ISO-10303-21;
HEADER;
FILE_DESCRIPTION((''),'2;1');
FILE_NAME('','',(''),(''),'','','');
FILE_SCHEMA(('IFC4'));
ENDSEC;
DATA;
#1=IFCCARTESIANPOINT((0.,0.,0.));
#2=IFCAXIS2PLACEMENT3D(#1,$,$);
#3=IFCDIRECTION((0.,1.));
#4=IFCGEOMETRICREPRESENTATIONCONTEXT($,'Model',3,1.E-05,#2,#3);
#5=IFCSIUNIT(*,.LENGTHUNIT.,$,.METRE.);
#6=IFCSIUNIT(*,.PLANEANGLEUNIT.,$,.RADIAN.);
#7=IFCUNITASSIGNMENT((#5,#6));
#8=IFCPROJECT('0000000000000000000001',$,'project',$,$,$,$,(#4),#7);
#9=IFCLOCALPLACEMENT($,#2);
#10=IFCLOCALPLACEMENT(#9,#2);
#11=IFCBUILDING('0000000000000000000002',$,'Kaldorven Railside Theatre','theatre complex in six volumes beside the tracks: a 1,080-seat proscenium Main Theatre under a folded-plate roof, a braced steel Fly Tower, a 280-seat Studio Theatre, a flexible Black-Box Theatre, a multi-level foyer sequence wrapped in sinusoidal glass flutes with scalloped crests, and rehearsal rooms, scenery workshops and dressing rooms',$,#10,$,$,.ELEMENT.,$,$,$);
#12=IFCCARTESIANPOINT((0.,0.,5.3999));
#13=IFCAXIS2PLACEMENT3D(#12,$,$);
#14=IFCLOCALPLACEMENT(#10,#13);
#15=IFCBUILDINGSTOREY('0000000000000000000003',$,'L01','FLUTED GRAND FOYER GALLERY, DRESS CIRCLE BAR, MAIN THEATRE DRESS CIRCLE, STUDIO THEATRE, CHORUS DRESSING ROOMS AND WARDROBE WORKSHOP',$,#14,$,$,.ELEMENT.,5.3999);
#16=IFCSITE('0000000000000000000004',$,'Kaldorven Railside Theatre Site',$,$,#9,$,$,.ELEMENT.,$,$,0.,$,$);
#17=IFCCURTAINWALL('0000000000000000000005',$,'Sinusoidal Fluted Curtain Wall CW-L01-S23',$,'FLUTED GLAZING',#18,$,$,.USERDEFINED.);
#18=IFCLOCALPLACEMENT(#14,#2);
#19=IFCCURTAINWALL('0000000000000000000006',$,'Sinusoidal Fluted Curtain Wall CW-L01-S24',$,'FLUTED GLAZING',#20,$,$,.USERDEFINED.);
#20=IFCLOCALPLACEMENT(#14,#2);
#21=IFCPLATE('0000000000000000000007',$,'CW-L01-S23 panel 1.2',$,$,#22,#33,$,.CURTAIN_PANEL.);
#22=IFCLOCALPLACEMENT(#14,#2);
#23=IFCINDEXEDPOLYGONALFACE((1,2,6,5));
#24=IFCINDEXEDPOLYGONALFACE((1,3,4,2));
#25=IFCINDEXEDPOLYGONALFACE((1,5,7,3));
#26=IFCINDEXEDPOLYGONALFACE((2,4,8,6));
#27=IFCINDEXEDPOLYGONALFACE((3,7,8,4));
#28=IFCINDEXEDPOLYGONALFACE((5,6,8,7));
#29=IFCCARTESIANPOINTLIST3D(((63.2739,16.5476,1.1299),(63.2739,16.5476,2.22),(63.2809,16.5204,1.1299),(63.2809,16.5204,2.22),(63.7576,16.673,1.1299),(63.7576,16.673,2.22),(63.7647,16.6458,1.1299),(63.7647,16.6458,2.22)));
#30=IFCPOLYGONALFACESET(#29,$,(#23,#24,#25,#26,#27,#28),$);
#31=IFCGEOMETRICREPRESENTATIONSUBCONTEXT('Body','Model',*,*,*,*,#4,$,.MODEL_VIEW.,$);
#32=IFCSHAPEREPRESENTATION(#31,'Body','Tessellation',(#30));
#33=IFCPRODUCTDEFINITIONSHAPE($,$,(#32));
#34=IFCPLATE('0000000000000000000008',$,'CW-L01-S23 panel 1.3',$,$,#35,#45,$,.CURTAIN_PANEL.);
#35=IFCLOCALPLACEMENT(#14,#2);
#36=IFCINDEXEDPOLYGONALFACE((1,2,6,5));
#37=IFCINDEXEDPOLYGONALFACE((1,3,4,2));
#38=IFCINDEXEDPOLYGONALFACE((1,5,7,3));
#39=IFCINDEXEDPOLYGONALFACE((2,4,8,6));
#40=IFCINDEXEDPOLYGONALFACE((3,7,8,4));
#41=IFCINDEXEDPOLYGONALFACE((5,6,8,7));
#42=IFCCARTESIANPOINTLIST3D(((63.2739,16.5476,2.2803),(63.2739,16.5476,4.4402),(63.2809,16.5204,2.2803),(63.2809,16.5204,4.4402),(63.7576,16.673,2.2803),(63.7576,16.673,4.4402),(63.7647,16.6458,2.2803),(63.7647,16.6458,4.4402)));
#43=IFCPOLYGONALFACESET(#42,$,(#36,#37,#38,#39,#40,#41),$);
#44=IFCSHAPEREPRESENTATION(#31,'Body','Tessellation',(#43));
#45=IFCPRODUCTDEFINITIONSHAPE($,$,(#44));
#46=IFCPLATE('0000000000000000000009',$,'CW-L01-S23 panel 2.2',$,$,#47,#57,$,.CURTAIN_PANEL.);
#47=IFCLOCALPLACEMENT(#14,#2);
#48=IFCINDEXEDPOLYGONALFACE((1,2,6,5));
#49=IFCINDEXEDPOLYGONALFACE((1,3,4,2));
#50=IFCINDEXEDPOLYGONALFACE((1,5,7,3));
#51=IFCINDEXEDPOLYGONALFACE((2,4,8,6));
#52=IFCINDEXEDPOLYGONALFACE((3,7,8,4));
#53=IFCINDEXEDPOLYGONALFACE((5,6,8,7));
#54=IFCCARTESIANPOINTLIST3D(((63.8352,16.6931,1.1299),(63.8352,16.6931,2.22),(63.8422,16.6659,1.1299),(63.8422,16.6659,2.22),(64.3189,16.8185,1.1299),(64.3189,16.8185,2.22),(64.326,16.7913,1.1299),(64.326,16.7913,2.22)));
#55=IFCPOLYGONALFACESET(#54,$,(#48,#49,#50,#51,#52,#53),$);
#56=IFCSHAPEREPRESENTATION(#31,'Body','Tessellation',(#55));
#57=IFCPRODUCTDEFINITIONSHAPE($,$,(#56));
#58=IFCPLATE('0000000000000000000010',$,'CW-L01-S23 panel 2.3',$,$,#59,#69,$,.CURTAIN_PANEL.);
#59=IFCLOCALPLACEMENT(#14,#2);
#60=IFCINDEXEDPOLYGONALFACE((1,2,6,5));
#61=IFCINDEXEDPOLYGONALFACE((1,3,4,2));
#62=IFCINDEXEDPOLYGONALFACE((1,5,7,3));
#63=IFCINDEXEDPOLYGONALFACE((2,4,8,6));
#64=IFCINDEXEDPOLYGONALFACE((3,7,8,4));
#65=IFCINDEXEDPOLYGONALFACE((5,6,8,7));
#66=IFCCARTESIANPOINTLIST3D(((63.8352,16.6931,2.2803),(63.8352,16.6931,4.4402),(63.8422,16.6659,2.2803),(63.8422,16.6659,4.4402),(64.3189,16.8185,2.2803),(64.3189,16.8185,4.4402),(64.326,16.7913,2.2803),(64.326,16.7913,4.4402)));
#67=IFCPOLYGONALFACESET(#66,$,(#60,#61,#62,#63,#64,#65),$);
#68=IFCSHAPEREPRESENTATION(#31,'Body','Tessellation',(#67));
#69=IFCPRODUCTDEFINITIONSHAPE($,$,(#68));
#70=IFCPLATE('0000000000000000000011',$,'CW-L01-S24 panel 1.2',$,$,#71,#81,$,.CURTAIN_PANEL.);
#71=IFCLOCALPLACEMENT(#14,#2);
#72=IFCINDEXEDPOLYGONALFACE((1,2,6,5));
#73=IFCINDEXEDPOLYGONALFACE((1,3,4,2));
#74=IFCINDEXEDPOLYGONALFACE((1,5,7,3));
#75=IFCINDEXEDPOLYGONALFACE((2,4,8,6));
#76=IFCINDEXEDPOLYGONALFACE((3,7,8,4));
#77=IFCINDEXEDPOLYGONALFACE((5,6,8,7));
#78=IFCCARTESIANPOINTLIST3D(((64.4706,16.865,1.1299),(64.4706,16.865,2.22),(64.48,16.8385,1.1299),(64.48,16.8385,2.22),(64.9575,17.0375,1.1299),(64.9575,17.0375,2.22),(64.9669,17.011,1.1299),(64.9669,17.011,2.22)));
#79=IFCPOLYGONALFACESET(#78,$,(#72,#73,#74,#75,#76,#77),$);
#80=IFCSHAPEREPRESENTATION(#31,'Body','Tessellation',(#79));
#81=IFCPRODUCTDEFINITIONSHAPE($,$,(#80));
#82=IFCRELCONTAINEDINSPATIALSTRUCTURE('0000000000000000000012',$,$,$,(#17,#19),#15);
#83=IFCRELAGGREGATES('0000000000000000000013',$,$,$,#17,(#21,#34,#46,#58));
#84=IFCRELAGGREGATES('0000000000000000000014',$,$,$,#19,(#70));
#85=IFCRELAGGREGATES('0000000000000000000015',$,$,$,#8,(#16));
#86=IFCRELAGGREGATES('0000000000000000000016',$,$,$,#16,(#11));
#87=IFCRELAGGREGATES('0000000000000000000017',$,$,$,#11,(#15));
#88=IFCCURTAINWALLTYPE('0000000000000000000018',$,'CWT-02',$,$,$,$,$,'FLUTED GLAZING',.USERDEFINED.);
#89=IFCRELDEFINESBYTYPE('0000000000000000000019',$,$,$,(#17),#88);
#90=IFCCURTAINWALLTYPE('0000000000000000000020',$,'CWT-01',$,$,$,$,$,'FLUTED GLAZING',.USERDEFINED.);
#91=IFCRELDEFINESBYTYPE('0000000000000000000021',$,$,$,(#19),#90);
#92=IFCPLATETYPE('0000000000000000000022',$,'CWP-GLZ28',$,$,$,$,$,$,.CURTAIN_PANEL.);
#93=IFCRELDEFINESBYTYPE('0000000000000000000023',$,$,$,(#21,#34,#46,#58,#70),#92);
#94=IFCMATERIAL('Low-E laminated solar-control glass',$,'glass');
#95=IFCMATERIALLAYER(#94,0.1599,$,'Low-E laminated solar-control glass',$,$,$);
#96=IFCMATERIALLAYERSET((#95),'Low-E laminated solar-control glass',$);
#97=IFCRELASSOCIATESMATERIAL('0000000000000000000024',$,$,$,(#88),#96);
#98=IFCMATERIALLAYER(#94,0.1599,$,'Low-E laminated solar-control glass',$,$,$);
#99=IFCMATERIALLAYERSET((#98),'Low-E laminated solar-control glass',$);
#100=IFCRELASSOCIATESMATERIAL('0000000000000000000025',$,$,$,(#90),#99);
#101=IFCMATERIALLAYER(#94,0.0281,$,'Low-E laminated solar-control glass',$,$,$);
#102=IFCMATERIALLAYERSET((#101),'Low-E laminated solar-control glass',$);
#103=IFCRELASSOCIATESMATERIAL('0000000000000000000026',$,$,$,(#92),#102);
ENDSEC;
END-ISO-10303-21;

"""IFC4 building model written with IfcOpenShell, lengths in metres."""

from ifc_helpers import new_model, si_unit, direction, frame, origin, origin_2d, place, context, subcontext, project, spatial, rectangle, extrude, material, layer, layer_set, type_object, element, aggregate, save


model = new_model("IFC4")

# Units and contexts
model_context = context("Model", 3, precision=1e-05, world=origin(), true_north=direction((0.0, 1.0)))
body_context = subcontext(model_context, "Body", "Model", "MODEL_VIEW")
ifc_project = project(units=[si_unit("LENGTHUNIT", "METRE"), si_unit("PLANEANGLEUNIT", "RADIAN")], contexts=[model_context])

# Site, building, storey
site_placement = place(None, origin())
site = spatial("IfcSite", under=ifc_project, at=site_placement, Name="Kaldorven Railside Theatre Site", CompositionType="ELEMENT", RefElevation=0.0)
building_placement = place(site_placement, origin())
building = spatial("IfcBuilding", under=site, at=building_placement, Name="Kaldorven Railside Theatre", Description="theatre complex in six volumes beside the tracks: a 1,080-seat proscenium Main Theatre under a folded-plate roof, a braced steel Fly Tower, a 280-seat Studio Theatre, a flexible Black-Box Theatre, a multi-level foyer sequence wrapped in sinusoidal glass flutes with scalloped crests, and rehearsal rooms, scenery workshops and dressing rooms", CompositionType="ELEMENT")
storey_placement = place(building_placement, frame((0.0, 0.0, 5.3999)))
storey = spatial("IfcBuildingStorey", under=building, at=storey_placement, Name="L01", Description="FLUTED GRAND FOYER GALLERY, DRESS CIRCLE BAR, MAIN THEATRE DRESS CIRCLE, STUDIO THEATRE, CHORUS DRESSING ROOMS AND WARDROBE WORKSHOP", CompositionType="ELEMENT", Elevation=5.3999)

# Curtain walls
ifc_material_1 = material(Name="Low-E laminated solar-control glass", Category="glass")
ifc_layer_1 = layer(ifc_material_1, 0.1599, Name="Low-E laminated solar-control glass")
ifc_layer_set_1 = layer_set([ifc_layer_1], Name="Low-E laminated solar-control glass")
curtain_wall_type_1 = type_object("IfcCurtainWallType", Name="CWT-02", ElementType="FLUTED GLAZING", PredefinedType="USERDEFINED", material=ifc_layer_set_1)
curtain_wall_1_placement = place(storey_placement, origin())
curtain_wall_1 = element("IfcCurtainWall", 1, at=curtain_wall_1_placement, inside=storey, type_object=curtain_wall_type_1, Name="Sinusoidal Fluted Curtain Wall CW-L01-S23", ObjectType="FLUTED GLAZING", PredefinedType="USERDEFINED")
ifc_layer_2 = layer(ifc_material_1, 0.1599, Name="Low-E laminated solar-control glass")
ifc_layer_set_2 = layer_set([ifc_layer_2], Name="Low-E laminated solar-control glass")
curtain_wall_type_2 = type_object("IfcCurtainWallType", Name="CWT-01", ElementType="FLUTED GLAZING", PredefinedType="USERDEFINED", material=ifc_layer_set_2)
curtain_wall_2_placement = place(storey_placement, origin())
curtain_wall_2 = element("IfcCurtainWall", 2, at=curtain_wall_2_placement, inside=storey, type_object=curtain_wall_type_2, Name="Sinusoidal Fluted Curtain Wall CW-L01-S24", ObjectType="FLUTED GLAZING", PredefinedType="USERDEFINED")

# Plates
ifc_layer_3 = layer(ifc_material_1, 0.0281, Name="Low-E laminated solar-control glass")
ifc_layer_set_3 = layer_set([ifc_layer_3], Name="Low-E laminated solar-control glass")
plate_type = type_object("IfcPlateType", Name="CWP-GLZ28", PredefinedType="CURTAIN_PANEL", material=ifc_layer_set_3)
plate_1_placement = place(storey_placement, frame((63.5193, 16.5967, 1.1299), z_axis=(0.0, 0.0, 1.0), x_axis=(0.967999, 0.250954, 0.0)))
plate_1 = element("IfcPlate", 3, at=plate_1_placement, type_object=plate_type, Name="CW-L01-S23 panel 1.2", PredefinedType="CURTAIN_PANEL", context=body_context, shape_type="SweptSolid", body=[
    extrude(rectangle(XDim=0.4998, YDim=0.0281, at=origin_2d()), origin(), (0.0, 0.0, 1.0), 1.0901),
])
plate_2_placement = place(storey_placement, frame((63.5193, 16.5967, 2.2803), z_axis=(0.0, 0.0, 1.0), x_axis=(0.967999, 0.250954, 0.0)))
plate_2 = element("IfcPlate", 4, at=plate_2_placement, type_object=plate_type, Name="CW-L01-S23 panel 1.3", PredefinedType="CURTAIN_PANEL", context=body_context, shape_type="SweptSolid", body=[
    extrude(rectangle(XDim=0.4998, YDim=0.0281, at=origin_2d()), origin(), (0.0, 0.0, 1.0), 2.1599),
])
plate_3_placement = place(storey_placement, frame((64.0806, 16.7422, 1.1299), z_axis=(0.0, 0.0, 1.0), x_axis=(0.967999, 0.250954, 0.0)))
plate_3 = element("IfcPlate", 5, at=plate_3_placement, type_object=plate_type, Name="CW-L01-S23 panel 2.2", PredefinedType="CURTAIN_PANEL", context=body_context, shape_type="SweptSolid", body=[
    extrude(rectangle(XDim=0.4998, YDim=0.0281, at=origin_2d()), origin(), (0.0, 0.0, 1.0), 1.0901),
])
plate_4_placement = place(storey_placement, frame((64.0806, 16.7422, 2.2803), z_axis=(0.0, 0.0, 1.0), x_axis=(0.967999, 0.250954, 0.0)))
plate_4 = element("IfcPlate", 6, at=plate_4_placement, type_object=plate_type, Name="CW-L01-S23 panel 2.3", PredefinedType="CURTAIN_PANEL", context=body_context, shape_type="SweptSolid", body=[
    extrude(rectangle(XDim=0.4998, YDim=0.0281, at=origin_2d()), origin(), (0.0, 0.0, 1.0), 2.1599),
])
aggregate(curtain_wall_1, [plate_1, plate_2, plate_3, plate_4])
plate_5_placement = place(storey_placement, frame((64.7188, 16.938, 1.1299), z_axis=(0.0, 0.0, 1.0), x_axis=(0.942627, 0.333847, 0.0)))
plate_5 = element("IfcPlate", 7, at=plate_5_placement, type_object=plate_type, Name="CW-L01-S24 panel 1.2", PredefinedType="CURTAIN_PANEL", context=body_context, shape_type="SweptSolid", body=[
    extrude(rectangle(XDim=0.5166, YDim=0.0281, at=origin_2d()), origin(), (0.0, 0.0, 1.0), 1.0901),
])
aggregate(curtain_wall_2, [plate_5])

save(model, "model.ifc")
